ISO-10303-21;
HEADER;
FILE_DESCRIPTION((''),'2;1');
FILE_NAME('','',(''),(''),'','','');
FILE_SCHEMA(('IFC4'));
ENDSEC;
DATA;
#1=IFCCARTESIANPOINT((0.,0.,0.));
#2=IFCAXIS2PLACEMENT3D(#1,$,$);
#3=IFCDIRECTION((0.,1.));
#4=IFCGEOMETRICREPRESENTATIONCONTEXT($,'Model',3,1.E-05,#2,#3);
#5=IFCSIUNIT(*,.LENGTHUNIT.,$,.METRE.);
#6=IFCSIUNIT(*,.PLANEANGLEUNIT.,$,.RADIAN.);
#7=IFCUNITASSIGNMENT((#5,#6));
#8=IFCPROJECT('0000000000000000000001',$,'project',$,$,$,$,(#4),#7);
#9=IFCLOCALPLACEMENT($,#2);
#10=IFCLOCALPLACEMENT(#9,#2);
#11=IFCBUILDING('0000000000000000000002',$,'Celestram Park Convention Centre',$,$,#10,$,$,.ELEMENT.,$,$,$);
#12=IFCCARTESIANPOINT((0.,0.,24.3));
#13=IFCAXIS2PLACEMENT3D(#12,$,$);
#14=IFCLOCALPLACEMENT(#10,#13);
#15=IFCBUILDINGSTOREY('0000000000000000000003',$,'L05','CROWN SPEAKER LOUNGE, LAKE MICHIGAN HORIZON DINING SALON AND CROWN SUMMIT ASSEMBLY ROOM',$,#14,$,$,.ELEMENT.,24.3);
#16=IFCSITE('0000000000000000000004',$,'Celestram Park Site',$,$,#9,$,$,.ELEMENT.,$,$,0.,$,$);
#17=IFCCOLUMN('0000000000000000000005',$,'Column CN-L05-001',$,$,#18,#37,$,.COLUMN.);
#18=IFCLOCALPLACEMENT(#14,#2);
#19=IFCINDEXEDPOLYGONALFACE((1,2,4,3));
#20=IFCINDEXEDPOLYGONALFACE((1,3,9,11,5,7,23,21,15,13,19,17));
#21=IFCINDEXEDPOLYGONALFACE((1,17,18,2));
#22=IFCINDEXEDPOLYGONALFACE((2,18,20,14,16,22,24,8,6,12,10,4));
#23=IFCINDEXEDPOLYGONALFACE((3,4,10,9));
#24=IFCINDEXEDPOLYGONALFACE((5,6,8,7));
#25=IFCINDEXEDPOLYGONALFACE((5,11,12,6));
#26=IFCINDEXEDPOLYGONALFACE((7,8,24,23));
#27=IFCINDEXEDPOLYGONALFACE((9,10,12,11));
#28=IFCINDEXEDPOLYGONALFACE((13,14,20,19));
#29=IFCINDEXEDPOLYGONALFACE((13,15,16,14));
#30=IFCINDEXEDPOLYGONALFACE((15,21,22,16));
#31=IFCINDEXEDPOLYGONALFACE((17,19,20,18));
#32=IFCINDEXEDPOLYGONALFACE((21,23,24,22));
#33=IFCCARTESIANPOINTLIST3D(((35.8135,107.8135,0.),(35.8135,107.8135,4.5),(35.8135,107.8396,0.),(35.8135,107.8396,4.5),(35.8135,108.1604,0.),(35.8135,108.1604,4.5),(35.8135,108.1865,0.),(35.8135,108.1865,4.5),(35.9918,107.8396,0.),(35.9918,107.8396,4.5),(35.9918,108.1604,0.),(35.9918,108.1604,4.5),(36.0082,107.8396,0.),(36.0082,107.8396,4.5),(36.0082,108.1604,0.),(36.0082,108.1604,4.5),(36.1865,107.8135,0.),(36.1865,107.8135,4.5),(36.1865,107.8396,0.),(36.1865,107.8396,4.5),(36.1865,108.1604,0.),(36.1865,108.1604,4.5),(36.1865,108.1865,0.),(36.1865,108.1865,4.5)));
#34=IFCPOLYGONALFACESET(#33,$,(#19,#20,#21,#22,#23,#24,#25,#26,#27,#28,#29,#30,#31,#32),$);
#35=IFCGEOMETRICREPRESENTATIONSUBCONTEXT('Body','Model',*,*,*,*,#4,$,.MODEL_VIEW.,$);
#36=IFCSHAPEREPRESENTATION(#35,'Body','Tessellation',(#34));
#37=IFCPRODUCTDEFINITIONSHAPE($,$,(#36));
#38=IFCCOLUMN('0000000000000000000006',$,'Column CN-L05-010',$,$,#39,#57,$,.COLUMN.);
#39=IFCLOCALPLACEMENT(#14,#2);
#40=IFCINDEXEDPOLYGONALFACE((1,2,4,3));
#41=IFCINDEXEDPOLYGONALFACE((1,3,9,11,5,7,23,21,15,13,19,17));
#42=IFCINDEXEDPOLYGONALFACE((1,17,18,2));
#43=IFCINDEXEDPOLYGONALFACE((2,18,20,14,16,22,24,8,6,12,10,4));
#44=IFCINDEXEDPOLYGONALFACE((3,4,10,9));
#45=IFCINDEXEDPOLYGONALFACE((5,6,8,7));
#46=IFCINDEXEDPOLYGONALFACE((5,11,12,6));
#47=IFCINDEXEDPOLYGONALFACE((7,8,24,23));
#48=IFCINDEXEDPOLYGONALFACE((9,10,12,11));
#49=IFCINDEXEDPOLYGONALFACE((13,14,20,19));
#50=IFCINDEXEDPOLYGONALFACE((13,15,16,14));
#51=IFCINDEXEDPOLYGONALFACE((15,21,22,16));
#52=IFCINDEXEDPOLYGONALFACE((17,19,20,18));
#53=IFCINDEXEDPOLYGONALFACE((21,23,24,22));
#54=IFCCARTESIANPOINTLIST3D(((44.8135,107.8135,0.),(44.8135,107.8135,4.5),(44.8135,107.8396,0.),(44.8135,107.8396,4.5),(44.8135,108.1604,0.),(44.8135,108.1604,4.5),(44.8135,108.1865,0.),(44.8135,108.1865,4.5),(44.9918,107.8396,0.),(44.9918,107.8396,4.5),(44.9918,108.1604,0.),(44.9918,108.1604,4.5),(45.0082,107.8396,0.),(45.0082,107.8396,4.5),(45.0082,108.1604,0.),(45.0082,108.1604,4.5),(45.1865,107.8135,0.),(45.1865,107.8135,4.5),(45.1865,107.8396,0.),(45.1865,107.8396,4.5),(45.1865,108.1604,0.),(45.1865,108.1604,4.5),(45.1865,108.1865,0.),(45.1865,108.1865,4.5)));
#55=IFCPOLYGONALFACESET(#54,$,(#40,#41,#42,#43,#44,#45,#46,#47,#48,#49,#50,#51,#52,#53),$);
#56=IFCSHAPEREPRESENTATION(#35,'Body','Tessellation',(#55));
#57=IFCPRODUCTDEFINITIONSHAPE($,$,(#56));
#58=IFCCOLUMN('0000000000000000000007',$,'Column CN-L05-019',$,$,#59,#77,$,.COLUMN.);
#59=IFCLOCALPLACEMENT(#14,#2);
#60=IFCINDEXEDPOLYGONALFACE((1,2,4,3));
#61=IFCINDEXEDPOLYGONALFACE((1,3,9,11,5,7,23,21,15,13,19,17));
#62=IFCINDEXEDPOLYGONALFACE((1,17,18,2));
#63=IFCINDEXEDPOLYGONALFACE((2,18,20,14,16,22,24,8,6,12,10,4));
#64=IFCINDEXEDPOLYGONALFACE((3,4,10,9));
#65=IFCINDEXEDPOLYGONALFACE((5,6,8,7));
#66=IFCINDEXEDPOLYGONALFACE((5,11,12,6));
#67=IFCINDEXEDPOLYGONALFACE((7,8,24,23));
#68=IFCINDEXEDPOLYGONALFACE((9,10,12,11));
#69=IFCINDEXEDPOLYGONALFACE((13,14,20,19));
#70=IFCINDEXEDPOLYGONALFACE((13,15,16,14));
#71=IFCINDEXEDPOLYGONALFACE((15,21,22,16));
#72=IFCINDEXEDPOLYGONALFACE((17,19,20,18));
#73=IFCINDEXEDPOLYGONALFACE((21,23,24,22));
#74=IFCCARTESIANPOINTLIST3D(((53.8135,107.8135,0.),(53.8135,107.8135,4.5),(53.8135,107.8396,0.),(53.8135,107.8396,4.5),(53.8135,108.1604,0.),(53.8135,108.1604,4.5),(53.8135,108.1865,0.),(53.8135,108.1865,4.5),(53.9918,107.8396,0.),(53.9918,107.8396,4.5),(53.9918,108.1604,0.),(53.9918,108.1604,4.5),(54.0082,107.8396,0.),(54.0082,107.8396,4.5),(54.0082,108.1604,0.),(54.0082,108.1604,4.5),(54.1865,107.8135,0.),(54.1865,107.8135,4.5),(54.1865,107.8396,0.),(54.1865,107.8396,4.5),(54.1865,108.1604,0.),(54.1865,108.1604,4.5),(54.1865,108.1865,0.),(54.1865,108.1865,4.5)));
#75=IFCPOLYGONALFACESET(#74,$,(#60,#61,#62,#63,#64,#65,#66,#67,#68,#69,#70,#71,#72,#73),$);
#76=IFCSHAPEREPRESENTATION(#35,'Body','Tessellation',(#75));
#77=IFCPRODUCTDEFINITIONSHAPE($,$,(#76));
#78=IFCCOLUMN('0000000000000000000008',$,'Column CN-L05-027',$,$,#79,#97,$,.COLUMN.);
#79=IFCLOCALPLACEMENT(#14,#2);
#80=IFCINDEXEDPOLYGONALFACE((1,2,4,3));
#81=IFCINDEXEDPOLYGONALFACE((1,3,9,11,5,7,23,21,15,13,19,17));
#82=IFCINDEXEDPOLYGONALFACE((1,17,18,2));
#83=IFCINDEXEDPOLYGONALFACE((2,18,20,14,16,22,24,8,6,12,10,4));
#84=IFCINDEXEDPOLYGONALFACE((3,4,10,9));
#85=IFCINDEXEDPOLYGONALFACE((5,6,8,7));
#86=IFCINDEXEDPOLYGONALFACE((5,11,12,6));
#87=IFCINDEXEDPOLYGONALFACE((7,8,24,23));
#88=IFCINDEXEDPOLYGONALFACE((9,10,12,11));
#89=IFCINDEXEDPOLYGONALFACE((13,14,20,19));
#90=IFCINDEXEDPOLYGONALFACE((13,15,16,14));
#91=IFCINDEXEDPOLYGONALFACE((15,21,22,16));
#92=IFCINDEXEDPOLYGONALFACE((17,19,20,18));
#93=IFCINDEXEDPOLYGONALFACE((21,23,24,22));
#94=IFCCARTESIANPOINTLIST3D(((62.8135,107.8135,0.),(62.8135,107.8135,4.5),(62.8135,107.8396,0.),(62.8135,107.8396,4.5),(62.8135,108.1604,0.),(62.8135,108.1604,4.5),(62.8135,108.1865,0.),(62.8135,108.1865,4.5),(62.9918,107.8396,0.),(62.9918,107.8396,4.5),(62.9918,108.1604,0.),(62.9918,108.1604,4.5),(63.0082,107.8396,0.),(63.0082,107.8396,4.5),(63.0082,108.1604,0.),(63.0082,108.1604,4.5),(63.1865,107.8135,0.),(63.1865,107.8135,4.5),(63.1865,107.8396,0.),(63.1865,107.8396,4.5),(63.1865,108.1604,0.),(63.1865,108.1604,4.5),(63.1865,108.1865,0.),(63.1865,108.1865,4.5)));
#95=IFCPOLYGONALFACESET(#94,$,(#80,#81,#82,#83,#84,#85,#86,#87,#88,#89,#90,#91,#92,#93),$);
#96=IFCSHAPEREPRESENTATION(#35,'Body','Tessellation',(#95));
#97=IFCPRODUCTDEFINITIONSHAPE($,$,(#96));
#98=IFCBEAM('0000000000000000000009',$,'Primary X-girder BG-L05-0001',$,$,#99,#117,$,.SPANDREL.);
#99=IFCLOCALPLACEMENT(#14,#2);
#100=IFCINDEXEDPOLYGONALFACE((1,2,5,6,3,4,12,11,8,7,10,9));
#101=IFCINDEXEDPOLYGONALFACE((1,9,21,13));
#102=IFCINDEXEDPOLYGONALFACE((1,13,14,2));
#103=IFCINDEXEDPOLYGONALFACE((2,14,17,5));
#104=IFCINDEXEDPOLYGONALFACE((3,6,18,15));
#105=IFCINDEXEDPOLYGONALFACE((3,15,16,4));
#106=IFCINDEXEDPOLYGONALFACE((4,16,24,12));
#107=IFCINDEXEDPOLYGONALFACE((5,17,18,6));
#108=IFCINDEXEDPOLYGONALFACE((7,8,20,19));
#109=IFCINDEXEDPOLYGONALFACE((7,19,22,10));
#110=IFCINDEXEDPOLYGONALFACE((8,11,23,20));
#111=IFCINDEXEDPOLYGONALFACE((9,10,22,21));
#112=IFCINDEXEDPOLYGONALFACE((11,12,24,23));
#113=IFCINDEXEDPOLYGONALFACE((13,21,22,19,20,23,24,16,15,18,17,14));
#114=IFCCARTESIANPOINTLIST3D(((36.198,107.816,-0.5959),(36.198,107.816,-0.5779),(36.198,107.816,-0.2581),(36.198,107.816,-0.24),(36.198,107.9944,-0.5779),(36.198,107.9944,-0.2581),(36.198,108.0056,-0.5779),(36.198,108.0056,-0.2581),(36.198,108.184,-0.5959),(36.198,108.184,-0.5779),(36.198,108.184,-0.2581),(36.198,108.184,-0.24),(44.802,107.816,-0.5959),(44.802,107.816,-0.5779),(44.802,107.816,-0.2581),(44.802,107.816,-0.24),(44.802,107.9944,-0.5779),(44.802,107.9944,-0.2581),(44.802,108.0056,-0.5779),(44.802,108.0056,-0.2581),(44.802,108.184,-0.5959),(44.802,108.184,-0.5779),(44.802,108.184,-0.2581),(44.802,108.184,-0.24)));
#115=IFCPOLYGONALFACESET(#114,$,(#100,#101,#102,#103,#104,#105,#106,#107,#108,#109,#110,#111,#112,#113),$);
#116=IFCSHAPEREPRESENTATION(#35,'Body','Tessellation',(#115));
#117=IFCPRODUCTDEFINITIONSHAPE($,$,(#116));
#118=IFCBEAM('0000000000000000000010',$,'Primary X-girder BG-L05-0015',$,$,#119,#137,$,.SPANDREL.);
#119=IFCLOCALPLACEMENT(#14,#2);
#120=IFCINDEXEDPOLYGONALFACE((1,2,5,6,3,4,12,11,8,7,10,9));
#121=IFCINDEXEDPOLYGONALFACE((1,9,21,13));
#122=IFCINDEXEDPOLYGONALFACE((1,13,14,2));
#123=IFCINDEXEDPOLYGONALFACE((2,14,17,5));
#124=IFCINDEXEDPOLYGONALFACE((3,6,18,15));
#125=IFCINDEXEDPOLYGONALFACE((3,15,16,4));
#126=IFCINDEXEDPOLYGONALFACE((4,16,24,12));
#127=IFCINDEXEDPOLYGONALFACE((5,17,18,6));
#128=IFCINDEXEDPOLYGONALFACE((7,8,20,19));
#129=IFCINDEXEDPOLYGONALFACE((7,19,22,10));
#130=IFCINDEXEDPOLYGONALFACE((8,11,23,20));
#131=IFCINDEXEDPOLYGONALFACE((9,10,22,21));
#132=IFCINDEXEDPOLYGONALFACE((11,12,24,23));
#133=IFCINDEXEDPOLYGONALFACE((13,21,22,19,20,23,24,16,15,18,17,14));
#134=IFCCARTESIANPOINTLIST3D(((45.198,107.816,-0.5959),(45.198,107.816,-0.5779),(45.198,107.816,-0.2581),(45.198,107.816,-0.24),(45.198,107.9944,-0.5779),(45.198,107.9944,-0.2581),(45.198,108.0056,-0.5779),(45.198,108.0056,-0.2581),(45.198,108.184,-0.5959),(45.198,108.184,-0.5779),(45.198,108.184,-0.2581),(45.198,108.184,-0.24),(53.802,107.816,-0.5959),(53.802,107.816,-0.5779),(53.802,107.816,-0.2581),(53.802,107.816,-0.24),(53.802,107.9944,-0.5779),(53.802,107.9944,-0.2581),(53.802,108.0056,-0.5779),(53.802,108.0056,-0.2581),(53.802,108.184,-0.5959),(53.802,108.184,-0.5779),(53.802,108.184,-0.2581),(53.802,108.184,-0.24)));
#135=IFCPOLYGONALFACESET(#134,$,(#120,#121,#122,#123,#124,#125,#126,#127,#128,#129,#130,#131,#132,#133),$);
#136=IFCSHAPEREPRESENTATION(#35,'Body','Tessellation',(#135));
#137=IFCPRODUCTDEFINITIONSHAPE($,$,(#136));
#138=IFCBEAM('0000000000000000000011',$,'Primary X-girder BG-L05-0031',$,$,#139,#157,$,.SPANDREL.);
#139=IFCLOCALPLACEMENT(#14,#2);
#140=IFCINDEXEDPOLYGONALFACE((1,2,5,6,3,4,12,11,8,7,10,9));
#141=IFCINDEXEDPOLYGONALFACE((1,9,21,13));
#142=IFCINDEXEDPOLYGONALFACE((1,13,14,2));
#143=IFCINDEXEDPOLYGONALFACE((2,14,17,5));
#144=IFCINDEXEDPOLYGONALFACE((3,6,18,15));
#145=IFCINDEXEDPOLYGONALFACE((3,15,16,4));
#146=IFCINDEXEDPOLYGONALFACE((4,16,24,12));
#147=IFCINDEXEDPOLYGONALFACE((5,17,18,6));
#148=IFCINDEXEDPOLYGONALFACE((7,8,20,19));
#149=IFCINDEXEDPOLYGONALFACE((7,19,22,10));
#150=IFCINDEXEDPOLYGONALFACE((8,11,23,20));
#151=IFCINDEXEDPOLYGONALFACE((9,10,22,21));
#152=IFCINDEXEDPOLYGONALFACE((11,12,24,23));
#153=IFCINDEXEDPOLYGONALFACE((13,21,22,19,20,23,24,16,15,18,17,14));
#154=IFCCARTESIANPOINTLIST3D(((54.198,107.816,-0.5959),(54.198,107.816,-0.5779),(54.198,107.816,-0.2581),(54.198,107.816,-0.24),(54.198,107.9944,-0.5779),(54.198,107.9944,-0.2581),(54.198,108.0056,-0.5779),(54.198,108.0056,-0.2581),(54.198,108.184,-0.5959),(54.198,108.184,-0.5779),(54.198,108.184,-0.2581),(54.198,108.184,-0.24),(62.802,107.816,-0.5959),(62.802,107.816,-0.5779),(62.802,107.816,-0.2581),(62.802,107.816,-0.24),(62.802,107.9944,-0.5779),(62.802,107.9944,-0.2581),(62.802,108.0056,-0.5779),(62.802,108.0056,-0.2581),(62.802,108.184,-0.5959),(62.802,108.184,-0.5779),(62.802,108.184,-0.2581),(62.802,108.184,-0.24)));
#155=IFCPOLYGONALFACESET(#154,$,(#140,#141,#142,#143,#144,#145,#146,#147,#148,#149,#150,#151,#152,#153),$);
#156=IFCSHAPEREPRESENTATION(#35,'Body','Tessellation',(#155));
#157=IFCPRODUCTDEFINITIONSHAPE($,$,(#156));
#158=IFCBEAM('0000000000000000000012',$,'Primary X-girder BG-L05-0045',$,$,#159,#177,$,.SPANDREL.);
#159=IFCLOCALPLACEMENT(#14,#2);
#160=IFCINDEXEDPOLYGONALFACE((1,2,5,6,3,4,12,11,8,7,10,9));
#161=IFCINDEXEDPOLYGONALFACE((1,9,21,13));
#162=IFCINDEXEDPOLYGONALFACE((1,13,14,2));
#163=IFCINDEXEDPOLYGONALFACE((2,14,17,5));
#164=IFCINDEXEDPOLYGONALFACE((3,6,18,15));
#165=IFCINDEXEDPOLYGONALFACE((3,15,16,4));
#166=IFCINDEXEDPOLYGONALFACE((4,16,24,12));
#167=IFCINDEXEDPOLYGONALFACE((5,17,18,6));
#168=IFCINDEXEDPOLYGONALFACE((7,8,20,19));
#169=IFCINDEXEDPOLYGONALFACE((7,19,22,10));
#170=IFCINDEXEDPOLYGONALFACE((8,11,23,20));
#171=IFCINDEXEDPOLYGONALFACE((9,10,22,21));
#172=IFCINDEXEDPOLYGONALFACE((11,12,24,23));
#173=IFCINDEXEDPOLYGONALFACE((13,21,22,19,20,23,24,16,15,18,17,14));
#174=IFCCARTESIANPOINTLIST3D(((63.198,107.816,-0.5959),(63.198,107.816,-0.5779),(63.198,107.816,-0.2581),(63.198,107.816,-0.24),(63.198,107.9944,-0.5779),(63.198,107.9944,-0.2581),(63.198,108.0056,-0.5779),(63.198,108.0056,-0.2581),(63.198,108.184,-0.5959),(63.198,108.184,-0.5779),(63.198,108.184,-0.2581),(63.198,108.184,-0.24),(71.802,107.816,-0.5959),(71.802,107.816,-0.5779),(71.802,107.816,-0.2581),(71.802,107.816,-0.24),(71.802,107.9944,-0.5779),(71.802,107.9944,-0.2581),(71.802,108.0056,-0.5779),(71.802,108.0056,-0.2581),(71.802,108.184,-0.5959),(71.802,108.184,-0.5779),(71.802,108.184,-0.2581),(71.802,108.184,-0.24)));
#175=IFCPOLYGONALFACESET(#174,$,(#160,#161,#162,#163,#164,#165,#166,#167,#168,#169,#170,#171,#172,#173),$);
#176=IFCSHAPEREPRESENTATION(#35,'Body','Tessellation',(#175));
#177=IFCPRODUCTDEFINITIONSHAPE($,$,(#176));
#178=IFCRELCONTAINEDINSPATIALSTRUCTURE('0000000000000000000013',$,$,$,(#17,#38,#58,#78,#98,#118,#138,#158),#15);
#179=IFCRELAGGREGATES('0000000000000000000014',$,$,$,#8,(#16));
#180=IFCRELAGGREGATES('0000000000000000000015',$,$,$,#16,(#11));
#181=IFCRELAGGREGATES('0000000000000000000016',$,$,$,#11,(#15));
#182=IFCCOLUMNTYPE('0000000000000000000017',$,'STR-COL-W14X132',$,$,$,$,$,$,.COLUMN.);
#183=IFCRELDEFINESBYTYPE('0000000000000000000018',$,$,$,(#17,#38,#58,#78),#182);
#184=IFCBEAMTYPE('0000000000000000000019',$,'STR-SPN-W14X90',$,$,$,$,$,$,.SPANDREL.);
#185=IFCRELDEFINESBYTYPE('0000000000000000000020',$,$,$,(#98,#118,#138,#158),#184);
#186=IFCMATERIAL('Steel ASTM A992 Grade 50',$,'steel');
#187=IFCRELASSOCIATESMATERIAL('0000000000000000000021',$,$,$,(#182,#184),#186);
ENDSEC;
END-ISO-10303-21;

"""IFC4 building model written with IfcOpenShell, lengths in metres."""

from ifc_helpers import new_model, si_unit, direction, frame, origin, origin_2d, place, context, subcontext, project, spatial, i_section, extrude, material, material_profile, profile_set, type_object, element, save


model = new_model("IFC4")

# Units and contexts
model_context = context("Model", 3, precision=1e-05, world=origin(), true_north=direction((0.0, 1.0)))
body_context = subcontext(model_context, "Body", "Model", "MODEL_VIEW")
ifc_project = project(units=[si_unit("LENGTHUNIT", "METRE"), si_unit("PLANEANGLEUNIT", "RADIAN")], contexts=[model_context])

# Site, building, storey
site_placement = place(None, origin())
site = spatial("IfcSite", under=ifc_project, at=site_placement, Name="Celestram Park Site", CompositionType="ELEMENT", RefElevation=0.0)
building_placement = place(site_placement, origin())
building = spatial("IfcBuilding", under=site, at=building_placement, Name="Celestram Park Convention Centre", CompositionType="ELEMENT")
storey_placement = place(building_placement, frame((0.0, 0.0, 24.3)))
storey = spatial("IfcBuildingStorey", under=building, at=storey_placement, Name="L05", Description="CROWN SPEAKER LOUNGE, LAKE MICHIGAN HORIZON DINING SALON AND CROWN SUMMIT ASSEMBLY ROOM", CompositionType="ELEMENT", Elevation=24.3)

# Columns
ifc_material_1 = material(Name="Steel ASTM A992 Grade 50", Category="steel")
ifc_material_profile_1 = material_profile(ifc_material_1, i_section(OverallWidth=0.373, OverallDepth=0.373, WebThickness=0.0164, FlangeThickness=0.0261, at=origin_2d()), Name="W14X132")
ifc_profile_set_1 = profile_set([ifc_material_profile_1], Name="Steel ASTM A992 Grade 50")
column_type = type_object("IfcColumnType", Name="STR-COL-W14X132", PredefinedType="COLUMN", material=ifc_profile_set_1)
for number, where, z_axis, x_axis, name in (
    (1, (36.0, 108.0, 0.0), (0.0, 0.0, 1.0), (1.0, 0.0, 0.0), "Column CN-L05-001"),
    (2, (45.0, 108.0, 0.0), (0.0, 0.0, 1.0), (1.0, 0.0, 0.0), "Column CN-L05-010"),
    (3, (54.0, 108.0, 0.0), (0.0, 0.0, 1.0), (1.0, 0.0, 0.0), "Column CN-L05-019"),
    (4, (63.0, 108.0, 0.0), (0.0, 0.0, 1.0), (1.0, 0.0, 0.0), "Column CN-L05-027"),
):
    element("IfcColumn", number, at=place(storey_placement, frame(where, z_axis=z_axis, x_axis=x_axis)), inside=storey, type_object=column_type, Name=name, PredefinedType="COLUMN", context=body_context, shape_type="SweptSolid", body=[
        extrude(i_section(OverallWidth=0.373, OverallDepth=0.373, WebThickness=0.0164, FlangeThickness=0.0261, at=origin_2d()), origin(), (0.0, 0.0, 1.0), 4.5),
    ])

# Beams
ifc_material_profile_2 = material_profile(ifc_material_1, i_section(OverallWidth=0.3679, OverallDepth=0.356, WebThickness=0.0112, FlangeThickness=0.0181, at=origin_2d()), Name="W14X90")
ifc_profile_set_2 = profile_set([ifc_material_profile_2], Name="Steel ASTM A992 Grade 50")
beam_type = type_object("IfcBeamType", Name="STR-SPN-W14X90", PredefinedType="SPANDREL", material=ifc_profile_set_2)
for number, where, z_axis, x_axis, name in (
    (5, (36.198, 108.0, -0.418), (1.0, 0.0, 0.0), (0.0, 1.0, 0.0), "Primary X-girder BG-L05-0001"),
    (6, (45.198, 108.0, -0.418), (1.0, 0.0, 0.0), (0.0, 1.0, 0.0), "Primary X-girder BG-L05-0015"),
    (7, (54.198, 108.0, -0.418), (1.0, 0.0, 0.0), (0.0, 1.0, 0.0), "Primary X-girder BG-L05-0031"),
    (8, (63.198, 108.0, -0.418), (1.0, 0.0, 0.0), (0.0, 1.0, 0.0), "Primary X-girder BG-L05-0045"),
):
    element("IfcBeam", number, at=place(storey_placement, frame(where, z_axis=z_axis, x_axis=x_axis)), inside=storey, type_object=beam_type, Name=name, PredefinedType="SPANDREL", context=body_context, shape_type="SweptSolid", body=[
        extrude(i_section(OverallWidth=0.3679, OverallDepth=0.356, WebThickness=0.0112, FlangeThickness=0.0181, at=origin_2d()), origin(), (0.0, 0.0, 1.0), 8.604),
    ])

save(model, "model.ifc")
